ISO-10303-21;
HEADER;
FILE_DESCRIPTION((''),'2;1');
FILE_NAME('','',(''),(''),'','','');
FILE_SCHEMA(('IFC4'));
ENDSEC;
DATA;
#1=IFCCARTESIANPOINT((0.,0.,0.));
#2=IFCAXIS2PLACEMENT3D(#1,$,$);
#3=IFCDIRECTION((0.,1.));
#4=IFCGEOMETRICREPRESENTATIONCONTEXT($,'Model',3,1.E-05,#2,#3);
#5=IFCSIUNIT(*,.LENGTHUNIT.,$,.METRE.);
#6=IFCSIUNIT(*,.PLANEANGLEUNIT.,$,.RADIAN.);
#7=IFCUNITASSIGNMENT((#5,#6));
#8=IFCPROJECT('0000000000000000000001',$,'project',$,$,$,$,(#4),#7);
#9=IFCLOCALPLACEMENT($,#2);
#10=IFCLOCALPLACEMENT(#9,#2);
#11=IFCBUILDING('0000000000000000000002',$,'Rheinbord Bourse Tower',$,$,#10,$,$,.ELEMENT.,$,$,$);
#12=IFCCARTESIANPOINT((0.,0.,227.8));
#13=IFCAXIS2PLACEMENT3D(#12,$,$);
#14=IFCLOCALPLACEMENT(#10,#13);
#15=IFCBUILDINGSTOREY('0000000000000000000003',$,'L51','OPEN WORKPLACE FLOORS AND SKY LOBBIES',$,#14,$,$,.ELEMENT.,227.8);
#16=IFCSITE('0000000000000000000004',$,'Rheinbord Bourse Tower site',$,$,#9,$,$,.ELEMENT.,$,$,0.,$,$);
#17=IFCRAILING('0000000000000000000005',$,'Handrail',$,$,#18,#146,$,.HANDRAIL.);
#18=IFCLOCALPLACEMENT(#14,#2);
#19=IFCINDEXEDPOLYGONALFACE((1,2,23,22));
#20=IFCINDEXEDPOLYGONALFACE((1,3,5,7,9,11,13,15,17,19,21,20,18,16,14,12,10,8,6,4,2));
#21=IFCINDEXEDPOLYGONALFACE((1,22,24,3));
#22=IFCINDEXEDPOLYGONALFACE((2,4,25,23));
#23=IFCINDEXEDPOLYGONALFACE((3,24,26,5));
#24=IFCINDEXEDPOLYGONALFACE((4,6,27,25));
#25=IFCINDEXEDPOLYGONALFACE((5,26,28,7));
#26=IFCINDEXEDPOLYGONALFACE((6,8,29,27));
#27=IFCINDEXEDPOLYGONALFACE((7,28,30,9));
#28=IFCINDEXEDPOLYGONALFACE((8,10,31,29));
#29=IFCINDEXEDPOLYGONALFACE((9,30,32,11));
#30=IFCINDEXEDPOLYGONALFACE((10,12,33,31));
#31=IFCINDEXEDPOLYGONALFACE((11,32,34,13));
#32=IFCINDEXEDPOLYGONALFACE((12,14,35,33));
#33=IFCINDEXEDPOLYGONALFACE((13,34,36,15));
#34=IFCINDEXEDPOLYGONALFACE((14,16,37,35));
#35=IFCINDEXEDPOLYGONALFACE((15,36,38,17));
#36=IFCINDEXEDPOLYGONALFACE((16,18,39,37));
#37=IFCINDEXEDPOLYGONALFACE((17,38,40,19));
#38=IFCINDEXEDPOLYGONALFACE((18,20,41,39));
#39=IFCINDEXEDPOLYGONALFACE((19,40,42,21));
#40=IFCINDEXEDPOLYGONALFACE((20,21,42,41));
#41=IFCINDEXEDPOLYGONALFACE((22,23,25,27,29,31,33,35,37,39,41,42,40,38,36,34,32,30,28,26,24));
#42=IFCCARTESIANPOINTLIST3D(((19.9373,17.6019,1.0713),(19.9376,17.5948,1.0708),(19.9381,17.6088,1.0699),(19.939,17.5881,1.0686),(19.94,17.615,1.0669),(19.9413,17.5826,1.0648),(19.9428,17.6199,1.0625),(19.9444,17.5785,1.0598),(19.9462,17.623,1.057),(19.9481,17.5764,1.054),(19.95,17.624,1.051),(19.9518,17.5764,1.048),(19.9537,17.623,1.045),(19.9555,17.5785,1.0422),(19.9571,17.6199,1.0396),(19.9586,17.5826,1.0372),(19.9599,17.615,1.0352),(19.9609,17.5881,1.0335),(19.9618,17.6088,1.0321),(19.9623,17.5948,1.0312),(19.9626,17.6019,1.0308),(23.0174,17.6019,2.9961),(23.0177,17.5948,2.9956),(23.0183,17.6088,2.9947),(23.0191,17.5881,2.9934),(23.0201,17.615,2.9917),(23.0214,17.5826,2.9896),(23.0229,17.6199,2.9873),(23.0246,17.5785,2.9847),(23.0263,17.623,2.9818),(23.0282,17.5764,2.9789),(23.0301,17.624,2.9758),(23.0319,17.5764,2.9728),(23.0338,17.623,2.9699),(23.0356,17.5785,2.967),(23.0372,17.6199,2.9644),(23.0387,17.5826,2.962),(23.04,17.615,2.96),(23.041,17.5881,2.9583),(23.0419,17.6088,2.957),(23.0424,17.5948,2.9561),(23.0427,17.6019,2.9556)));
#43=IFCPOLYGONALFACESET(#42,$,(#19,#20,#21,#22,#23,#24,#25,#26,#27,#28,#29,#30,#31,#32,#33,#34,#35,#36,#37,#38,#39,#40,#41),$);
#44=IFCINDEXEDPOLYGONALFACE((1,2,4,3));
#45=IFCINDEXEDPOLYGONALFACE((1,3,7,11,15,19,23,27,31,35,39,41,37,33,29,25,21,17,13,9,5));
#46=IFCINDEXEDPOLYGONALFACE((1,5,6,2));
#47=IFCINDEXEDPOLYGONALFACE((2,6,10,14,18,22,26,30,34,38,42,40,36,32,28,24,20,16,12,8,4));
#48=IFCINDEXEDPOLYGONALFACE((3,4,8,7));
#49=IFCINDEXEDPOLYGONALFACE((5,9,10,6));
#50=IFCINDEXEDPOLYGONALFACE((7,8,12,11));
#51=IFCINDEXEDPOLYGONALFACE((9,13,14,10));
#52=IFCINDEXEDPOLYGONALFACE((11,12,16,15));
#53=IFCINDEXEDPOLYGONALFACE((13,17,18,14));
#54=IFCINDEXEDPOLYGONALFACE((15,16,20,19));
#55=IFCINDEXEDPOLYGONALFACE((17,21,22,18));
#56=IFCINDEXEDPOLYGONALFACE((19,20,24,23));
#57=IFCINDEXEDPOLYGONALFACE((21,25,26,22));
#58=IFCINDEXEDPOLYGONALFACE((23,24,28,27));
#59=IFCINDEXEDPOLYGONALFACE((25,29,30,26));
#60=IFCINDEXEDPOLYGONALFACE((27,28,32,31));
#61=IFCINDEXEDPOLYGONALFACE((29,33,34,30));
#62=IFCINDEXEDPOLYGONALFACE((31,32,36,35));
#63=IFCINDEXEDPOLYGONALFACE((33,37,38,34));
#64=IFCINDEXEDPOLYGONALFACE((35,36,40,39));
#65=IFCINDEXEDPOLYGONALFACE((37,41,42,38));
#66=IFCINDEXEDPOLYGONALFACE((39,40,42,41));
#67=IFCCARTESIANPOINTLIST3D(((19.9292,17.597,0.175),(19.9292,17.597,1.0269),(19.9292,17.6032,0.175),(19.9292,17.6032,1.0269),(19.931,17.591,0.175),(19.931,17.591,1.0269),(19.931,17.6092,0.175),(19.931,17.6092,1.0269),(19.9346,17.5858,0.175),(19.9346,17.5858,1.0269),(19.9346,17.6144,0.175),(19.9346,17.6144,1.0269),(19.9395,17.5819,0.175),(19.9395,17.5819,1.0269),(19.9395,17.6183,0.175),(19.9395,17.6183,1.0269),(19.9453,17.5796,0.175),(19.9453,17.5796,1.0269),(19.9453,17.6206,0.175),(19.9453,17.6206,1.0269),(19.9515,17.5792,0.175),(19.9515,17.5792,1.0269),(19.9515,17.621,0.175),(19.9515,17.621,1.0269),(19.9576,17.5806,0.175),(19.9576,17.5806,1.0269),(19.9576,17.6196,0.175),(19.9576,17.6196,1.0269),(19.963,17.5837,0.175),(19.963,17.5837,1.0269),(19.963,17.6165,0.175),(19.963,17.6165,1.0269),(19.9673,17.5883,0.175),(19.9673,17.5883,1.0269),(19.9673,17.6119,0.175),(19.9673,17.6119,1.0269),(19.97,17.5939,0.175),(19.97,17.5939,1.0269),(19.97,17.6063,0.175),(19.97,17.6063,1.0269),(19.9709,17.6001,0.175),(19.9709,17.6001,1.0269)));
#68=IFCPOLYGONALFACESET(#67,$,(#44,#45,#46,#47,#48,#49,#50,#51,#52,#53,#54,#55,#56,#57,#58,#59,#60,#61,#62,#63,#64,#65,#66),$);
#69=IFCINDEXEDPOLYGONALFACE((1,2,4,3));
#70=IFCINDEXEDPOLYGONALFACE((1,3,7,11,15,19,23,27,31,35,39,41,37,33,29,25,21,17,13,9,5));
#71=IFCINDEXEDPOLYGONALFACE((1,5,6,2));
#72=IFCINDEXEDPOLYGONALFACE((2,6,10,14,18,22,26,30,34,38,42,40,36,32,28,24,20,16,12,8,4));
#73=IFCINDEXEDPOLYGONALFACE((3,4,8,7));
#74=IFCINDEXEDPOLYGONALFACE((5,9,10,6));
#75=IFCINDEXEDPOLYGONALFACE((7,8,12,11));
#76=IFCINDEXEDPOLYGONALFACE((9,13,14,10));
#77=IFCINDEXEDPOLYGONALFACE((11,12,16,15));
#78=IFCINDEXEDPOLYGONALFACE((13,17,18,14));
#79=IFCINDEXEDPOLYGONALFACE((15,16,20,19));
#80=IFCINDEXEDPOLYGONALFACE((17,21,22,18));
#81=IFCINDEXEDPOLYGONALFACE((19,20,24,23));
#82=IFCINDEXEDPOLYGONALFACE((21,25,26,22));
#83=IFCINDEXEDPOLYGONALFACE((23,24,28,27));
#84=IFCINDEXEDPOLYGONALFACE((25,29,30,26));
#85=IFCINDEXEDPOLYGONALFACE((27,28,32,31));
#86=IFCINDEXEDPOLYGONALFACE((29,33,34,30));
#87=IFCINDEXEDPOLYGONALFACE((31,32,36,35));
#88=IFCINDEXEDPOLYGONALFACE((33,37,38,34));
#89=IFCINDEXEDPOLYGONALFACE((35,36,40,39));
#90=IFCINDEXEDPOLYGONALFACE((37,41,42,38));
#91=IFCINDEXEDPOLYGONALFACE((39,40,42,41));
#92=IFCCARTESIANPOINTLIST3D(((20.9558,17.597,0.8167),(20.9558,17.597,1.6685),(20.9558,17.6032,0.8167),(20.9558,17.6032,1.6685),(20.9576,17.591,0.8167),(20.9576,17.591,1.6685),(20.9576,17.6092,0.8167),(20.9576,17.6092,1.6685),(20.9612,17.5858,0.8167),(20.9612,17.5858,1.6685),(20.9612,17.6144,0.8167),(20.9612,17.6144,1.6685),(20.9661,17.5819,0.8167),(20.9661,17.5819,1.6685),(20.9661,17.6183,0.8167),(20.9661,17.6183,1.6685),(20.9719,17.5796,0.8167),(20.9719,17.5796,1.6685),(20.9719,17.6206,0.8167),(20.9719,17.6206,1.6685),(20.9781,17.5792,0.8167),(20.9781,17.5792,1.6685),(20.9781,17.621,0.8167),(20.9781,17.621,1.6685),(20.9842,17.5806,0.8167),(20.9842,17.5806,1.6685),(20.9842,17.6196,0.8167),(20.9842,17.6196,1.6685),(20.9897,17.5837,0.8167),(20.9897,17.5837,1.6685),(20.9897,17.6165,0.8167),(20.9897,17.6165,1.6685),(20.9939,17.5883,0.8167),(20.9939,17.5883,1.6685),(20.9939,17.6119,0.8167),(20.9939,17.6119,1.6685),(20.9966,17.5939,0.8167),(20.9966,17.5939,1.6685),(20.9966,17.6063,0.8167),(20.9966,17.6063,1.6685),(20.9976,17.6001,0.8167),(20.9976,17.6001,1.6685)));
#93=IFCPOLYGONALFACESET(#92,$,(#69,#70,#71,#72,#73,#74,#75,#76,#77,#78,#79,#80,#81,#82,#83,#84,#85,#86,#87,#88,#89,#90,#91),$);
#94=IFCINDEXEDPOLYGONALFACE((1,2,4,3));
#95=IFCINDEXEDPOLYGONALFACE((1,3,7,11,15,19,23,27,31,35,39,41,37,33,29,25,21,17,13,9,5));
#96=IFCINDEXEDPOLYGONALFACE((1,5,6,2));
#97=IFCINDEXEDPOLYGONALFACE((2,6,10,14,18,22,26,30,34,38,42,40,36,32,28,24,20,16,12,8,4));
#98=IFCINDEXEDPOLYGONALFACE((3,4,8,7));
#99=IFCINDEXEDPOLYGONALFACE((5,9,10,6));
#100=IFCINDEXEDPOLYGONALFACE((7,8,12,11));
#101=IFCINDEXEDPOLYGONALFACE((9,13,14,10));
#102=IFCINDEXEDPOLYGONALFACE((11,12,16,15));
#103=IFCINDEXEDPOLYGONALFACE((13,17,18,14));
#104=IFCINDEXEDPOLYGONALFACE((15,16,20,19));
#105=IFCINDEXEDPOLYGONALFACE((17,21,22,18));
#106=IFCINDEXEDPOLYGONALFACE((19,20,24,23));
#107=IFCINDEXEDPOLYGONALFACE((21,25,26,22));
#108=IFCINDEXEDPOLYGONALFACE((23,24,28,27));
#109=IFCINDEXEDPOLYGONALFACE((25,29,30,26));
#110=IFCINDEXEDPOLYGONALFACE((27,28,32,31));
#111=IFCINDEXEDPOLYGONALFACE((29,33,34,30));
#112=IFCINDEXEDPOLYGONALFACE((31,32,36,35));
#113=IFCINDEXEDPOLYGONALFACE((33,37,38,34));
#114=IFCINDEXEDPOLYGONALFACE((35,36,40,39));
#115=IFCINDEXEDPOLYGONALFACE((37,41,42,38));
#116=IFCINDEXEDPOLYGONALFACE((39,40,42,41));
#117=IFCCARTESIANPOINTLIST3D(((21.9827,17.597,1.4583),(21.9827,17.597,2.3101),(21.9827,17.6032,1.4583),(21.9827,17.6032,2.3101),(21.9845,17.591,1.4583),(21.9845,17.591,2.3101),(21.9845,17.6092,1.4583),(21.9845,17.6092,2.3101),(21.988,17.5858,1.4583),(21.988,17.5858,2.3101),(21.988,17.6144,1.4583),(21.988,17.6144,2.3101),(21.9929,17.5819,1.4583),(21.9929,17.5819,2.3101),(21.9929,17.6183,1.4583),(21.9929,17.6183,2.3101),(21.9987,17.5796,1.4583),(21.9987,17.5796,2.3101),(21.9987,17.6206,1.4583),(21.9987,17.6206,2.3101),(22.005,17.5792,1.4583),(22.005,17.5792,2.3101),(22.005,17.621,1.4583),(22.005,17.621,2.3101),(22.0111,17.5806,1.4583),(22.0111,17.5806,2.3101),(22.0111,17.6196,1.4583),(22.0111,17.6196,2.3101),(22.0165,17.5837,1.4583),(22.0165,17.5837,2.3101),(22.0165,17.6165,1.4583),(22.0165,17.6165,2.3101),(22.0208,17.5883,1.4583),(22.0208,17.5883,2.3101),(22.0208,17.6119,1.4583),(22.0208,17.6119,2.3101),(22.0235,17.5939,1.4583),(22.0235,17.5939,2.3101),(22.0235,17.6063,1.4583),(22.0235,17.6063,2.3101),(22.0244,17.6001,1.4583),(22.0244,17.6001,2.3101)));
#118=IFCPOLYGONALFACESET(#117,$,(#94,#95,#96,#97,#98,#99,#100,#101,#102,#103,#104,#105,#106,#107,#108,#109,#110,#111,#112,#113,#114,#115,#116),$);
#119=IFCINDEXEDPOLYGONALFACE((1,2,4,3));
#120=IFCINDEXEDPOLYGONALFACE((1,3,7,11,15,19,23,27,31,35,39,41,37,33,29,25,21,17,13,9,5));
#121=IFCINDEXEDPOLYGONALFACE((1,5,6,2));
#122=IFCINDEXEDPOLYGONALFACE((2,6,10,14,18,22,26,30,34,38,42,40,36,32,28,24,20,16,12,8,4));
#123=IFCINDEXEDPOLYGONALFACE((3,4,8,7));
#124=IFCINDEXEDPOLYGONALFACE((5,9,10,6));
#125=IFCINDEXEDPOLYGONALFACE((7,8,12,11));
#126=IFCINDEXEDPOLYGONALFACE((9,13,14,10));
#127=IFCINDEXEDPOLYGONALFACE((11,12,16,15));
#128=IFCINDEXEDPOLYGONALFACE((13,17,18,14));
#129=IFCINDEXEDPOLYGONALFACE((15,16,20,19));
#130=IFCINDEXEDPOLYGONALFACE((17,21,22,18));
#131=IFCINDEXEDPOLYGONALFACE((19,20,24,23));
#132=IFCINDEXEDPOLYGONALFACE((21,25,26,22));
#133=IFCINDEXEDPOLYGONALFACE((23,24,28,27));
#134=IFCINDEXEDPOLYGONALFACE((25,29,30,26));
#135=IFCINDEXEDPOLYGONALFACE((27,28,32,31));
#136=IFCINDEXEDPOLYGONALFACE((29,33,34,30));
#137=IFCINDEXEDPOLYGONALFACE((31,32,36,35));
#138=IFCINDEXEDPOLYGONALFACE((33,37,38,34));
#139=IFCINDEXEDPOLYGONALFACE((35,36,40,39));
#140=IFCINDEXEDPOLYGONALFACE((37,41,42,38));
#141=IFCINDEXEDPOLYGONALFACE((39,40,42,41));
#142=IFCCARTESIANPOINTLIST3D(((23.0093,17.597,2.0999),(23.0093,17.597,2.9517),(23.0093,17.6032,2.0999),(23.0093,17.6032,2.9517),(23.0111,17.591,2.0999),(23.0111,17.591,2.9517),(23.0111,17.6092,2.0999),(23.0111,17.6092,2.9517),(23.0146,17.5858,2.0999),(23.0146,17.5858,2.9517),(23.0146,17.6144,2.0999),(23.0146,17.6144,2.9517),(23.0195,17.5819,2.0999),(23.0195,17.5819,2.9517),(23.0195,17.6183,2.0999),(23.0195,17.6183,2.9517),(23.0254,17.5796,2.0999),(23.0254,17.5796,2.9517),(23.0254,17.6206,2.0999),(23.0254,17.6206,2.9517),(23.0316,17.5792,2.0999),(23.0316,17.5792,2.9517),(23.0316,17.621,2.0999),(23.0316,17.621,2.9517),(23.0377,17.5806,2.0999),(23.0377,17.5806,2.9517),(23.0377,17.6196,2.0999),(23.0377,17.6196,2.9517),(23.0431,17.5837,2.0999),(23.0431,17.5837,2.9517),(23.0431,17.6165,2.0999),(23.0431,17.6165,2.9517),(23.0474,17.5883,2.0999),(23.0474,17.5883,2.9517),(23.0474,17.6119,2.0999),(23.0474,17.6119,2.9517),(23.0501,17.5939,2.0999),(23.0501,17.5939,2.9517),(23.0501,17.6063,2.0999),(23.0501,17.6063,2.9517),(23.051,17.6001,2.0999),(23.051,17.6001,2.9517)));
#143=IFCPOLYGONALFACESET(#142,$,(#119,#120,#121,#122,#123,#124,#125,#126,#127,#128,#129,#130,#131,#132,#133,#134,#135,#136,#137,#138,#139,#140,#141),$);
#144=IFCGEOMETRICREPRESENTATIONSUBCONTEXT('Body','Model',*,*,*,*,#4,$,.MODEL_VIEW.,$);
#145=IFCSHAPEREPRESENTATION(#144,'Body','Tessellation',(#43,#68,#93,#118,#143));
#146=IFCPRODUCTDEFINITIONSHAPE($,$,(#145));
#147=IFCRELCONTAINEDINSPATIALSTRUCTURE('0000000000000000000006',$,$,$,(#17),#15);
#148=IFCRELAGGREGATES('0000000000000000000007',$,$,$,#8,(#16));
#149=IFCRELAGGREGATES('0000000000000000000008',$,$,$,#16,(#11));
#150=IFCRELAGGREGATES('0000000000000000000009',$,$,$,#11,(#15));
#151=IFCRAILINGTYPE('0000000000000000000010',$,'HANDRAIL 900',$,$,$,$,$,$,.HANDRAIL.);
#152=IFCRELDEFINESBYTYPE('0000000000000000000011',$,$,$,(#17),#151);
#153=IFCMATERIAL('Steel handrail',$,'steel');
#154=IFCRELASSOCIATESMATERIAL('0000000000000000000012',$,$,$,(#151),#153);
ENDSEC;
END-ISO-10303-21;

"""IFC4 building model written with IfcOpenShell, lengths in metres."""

from ifc_helpers import new_model, si_unit, direction, frame, origin, origin_2d, place, context, subcontext, project, spatial, circle, extrude, material, type_object, element, save


model = new_model("IFC4")

# Units and contexts
model_context = context("Model", 3, precision=1e-05, world=origin(), true_north=direction((0.0, 1.0)))
body_context = subcontext(model_context, "Body", "Model", "MODEL_VIEW")
ifc_project = project(units=[si_unit("LENGTHUNIT", "METRE"), si_unit("PLANEANGLEUNIT", "RADIAN")], contexts=[model_context])

# Site, building, storey
site_placement = place(None, origin())
site = spatial("IfcSite", under=ifc_project, at=site_placement, Name="Rheinbord Bourse Tower site", CompositionType="ELEMENT", RefElevation=0.0)
building_placement = place(site_placement, origin())
building = spatial("IfcBuilding", under=site, at=building_placement, Name="Rheinbord Bourse Tower", CompositionType="ELEMENT")
storey_placement = place(building_placement, frame((0.0, 0.0, 227.8)))
storey = spatial("IfcBuildingStorey", under=building, at=storey_placement, Name="L51", Description="OPEN WORKPLACE FLOORS AND SKY LOBBIES", CompositionType="ELEMENT", Elevation=227.8)

# Railing
ifc_material_1 = material(Name="Steel handrail", Category="steel")
railing_type = type_object("IfcRailingType", Name="HANDRAIL 900", PredefinedType="HANDRAIL", material=ifc_material_1)
railing_1_placement = place(storey_placement, frame((19.95, 17.6001, 0.175)))
element("IfcRailing", 1, at=railing_1_placement, inside=storey, type_object=railing_type, Name="Handrail", PredefinedType="HANDRAIL", context=body_context, shape_type="SweptSolid", body=[
    extrude(circle(Radius=0.0239, at=origin_2d()), frame((0.0, 0.0, 0.876), z_axis=(0.848029, 0.0, 0.529951), x_axis=(0.0, 1.0, 0.0)), (0.0, 0.0, 1.0), 3.6321),
    extrude(circle(Radius=0.021, at=origin_2d()), origin(), (0.0, 0.0, 1.0), 0.8518),
    extrude(circle(Radius=0.021, at=origin_2d()), frame((1.0266, 0.0, 0.6416)), (0.0, 0.0, 1.0), 0.8518),
    extrude(circle(Radius=0.021, at=origin_2d()), frame((2.0535, 0.0, 1.2832)), (0.0, 0.0, 1.0), 0.8518),
    extrude(circle(Radius=0.021, at=origin_2d()), frame((3.0801, 0.0, 1.9248)), (0.0, 0.0, 1.0), 0.8518),
])

save(model, "model.ifc")
